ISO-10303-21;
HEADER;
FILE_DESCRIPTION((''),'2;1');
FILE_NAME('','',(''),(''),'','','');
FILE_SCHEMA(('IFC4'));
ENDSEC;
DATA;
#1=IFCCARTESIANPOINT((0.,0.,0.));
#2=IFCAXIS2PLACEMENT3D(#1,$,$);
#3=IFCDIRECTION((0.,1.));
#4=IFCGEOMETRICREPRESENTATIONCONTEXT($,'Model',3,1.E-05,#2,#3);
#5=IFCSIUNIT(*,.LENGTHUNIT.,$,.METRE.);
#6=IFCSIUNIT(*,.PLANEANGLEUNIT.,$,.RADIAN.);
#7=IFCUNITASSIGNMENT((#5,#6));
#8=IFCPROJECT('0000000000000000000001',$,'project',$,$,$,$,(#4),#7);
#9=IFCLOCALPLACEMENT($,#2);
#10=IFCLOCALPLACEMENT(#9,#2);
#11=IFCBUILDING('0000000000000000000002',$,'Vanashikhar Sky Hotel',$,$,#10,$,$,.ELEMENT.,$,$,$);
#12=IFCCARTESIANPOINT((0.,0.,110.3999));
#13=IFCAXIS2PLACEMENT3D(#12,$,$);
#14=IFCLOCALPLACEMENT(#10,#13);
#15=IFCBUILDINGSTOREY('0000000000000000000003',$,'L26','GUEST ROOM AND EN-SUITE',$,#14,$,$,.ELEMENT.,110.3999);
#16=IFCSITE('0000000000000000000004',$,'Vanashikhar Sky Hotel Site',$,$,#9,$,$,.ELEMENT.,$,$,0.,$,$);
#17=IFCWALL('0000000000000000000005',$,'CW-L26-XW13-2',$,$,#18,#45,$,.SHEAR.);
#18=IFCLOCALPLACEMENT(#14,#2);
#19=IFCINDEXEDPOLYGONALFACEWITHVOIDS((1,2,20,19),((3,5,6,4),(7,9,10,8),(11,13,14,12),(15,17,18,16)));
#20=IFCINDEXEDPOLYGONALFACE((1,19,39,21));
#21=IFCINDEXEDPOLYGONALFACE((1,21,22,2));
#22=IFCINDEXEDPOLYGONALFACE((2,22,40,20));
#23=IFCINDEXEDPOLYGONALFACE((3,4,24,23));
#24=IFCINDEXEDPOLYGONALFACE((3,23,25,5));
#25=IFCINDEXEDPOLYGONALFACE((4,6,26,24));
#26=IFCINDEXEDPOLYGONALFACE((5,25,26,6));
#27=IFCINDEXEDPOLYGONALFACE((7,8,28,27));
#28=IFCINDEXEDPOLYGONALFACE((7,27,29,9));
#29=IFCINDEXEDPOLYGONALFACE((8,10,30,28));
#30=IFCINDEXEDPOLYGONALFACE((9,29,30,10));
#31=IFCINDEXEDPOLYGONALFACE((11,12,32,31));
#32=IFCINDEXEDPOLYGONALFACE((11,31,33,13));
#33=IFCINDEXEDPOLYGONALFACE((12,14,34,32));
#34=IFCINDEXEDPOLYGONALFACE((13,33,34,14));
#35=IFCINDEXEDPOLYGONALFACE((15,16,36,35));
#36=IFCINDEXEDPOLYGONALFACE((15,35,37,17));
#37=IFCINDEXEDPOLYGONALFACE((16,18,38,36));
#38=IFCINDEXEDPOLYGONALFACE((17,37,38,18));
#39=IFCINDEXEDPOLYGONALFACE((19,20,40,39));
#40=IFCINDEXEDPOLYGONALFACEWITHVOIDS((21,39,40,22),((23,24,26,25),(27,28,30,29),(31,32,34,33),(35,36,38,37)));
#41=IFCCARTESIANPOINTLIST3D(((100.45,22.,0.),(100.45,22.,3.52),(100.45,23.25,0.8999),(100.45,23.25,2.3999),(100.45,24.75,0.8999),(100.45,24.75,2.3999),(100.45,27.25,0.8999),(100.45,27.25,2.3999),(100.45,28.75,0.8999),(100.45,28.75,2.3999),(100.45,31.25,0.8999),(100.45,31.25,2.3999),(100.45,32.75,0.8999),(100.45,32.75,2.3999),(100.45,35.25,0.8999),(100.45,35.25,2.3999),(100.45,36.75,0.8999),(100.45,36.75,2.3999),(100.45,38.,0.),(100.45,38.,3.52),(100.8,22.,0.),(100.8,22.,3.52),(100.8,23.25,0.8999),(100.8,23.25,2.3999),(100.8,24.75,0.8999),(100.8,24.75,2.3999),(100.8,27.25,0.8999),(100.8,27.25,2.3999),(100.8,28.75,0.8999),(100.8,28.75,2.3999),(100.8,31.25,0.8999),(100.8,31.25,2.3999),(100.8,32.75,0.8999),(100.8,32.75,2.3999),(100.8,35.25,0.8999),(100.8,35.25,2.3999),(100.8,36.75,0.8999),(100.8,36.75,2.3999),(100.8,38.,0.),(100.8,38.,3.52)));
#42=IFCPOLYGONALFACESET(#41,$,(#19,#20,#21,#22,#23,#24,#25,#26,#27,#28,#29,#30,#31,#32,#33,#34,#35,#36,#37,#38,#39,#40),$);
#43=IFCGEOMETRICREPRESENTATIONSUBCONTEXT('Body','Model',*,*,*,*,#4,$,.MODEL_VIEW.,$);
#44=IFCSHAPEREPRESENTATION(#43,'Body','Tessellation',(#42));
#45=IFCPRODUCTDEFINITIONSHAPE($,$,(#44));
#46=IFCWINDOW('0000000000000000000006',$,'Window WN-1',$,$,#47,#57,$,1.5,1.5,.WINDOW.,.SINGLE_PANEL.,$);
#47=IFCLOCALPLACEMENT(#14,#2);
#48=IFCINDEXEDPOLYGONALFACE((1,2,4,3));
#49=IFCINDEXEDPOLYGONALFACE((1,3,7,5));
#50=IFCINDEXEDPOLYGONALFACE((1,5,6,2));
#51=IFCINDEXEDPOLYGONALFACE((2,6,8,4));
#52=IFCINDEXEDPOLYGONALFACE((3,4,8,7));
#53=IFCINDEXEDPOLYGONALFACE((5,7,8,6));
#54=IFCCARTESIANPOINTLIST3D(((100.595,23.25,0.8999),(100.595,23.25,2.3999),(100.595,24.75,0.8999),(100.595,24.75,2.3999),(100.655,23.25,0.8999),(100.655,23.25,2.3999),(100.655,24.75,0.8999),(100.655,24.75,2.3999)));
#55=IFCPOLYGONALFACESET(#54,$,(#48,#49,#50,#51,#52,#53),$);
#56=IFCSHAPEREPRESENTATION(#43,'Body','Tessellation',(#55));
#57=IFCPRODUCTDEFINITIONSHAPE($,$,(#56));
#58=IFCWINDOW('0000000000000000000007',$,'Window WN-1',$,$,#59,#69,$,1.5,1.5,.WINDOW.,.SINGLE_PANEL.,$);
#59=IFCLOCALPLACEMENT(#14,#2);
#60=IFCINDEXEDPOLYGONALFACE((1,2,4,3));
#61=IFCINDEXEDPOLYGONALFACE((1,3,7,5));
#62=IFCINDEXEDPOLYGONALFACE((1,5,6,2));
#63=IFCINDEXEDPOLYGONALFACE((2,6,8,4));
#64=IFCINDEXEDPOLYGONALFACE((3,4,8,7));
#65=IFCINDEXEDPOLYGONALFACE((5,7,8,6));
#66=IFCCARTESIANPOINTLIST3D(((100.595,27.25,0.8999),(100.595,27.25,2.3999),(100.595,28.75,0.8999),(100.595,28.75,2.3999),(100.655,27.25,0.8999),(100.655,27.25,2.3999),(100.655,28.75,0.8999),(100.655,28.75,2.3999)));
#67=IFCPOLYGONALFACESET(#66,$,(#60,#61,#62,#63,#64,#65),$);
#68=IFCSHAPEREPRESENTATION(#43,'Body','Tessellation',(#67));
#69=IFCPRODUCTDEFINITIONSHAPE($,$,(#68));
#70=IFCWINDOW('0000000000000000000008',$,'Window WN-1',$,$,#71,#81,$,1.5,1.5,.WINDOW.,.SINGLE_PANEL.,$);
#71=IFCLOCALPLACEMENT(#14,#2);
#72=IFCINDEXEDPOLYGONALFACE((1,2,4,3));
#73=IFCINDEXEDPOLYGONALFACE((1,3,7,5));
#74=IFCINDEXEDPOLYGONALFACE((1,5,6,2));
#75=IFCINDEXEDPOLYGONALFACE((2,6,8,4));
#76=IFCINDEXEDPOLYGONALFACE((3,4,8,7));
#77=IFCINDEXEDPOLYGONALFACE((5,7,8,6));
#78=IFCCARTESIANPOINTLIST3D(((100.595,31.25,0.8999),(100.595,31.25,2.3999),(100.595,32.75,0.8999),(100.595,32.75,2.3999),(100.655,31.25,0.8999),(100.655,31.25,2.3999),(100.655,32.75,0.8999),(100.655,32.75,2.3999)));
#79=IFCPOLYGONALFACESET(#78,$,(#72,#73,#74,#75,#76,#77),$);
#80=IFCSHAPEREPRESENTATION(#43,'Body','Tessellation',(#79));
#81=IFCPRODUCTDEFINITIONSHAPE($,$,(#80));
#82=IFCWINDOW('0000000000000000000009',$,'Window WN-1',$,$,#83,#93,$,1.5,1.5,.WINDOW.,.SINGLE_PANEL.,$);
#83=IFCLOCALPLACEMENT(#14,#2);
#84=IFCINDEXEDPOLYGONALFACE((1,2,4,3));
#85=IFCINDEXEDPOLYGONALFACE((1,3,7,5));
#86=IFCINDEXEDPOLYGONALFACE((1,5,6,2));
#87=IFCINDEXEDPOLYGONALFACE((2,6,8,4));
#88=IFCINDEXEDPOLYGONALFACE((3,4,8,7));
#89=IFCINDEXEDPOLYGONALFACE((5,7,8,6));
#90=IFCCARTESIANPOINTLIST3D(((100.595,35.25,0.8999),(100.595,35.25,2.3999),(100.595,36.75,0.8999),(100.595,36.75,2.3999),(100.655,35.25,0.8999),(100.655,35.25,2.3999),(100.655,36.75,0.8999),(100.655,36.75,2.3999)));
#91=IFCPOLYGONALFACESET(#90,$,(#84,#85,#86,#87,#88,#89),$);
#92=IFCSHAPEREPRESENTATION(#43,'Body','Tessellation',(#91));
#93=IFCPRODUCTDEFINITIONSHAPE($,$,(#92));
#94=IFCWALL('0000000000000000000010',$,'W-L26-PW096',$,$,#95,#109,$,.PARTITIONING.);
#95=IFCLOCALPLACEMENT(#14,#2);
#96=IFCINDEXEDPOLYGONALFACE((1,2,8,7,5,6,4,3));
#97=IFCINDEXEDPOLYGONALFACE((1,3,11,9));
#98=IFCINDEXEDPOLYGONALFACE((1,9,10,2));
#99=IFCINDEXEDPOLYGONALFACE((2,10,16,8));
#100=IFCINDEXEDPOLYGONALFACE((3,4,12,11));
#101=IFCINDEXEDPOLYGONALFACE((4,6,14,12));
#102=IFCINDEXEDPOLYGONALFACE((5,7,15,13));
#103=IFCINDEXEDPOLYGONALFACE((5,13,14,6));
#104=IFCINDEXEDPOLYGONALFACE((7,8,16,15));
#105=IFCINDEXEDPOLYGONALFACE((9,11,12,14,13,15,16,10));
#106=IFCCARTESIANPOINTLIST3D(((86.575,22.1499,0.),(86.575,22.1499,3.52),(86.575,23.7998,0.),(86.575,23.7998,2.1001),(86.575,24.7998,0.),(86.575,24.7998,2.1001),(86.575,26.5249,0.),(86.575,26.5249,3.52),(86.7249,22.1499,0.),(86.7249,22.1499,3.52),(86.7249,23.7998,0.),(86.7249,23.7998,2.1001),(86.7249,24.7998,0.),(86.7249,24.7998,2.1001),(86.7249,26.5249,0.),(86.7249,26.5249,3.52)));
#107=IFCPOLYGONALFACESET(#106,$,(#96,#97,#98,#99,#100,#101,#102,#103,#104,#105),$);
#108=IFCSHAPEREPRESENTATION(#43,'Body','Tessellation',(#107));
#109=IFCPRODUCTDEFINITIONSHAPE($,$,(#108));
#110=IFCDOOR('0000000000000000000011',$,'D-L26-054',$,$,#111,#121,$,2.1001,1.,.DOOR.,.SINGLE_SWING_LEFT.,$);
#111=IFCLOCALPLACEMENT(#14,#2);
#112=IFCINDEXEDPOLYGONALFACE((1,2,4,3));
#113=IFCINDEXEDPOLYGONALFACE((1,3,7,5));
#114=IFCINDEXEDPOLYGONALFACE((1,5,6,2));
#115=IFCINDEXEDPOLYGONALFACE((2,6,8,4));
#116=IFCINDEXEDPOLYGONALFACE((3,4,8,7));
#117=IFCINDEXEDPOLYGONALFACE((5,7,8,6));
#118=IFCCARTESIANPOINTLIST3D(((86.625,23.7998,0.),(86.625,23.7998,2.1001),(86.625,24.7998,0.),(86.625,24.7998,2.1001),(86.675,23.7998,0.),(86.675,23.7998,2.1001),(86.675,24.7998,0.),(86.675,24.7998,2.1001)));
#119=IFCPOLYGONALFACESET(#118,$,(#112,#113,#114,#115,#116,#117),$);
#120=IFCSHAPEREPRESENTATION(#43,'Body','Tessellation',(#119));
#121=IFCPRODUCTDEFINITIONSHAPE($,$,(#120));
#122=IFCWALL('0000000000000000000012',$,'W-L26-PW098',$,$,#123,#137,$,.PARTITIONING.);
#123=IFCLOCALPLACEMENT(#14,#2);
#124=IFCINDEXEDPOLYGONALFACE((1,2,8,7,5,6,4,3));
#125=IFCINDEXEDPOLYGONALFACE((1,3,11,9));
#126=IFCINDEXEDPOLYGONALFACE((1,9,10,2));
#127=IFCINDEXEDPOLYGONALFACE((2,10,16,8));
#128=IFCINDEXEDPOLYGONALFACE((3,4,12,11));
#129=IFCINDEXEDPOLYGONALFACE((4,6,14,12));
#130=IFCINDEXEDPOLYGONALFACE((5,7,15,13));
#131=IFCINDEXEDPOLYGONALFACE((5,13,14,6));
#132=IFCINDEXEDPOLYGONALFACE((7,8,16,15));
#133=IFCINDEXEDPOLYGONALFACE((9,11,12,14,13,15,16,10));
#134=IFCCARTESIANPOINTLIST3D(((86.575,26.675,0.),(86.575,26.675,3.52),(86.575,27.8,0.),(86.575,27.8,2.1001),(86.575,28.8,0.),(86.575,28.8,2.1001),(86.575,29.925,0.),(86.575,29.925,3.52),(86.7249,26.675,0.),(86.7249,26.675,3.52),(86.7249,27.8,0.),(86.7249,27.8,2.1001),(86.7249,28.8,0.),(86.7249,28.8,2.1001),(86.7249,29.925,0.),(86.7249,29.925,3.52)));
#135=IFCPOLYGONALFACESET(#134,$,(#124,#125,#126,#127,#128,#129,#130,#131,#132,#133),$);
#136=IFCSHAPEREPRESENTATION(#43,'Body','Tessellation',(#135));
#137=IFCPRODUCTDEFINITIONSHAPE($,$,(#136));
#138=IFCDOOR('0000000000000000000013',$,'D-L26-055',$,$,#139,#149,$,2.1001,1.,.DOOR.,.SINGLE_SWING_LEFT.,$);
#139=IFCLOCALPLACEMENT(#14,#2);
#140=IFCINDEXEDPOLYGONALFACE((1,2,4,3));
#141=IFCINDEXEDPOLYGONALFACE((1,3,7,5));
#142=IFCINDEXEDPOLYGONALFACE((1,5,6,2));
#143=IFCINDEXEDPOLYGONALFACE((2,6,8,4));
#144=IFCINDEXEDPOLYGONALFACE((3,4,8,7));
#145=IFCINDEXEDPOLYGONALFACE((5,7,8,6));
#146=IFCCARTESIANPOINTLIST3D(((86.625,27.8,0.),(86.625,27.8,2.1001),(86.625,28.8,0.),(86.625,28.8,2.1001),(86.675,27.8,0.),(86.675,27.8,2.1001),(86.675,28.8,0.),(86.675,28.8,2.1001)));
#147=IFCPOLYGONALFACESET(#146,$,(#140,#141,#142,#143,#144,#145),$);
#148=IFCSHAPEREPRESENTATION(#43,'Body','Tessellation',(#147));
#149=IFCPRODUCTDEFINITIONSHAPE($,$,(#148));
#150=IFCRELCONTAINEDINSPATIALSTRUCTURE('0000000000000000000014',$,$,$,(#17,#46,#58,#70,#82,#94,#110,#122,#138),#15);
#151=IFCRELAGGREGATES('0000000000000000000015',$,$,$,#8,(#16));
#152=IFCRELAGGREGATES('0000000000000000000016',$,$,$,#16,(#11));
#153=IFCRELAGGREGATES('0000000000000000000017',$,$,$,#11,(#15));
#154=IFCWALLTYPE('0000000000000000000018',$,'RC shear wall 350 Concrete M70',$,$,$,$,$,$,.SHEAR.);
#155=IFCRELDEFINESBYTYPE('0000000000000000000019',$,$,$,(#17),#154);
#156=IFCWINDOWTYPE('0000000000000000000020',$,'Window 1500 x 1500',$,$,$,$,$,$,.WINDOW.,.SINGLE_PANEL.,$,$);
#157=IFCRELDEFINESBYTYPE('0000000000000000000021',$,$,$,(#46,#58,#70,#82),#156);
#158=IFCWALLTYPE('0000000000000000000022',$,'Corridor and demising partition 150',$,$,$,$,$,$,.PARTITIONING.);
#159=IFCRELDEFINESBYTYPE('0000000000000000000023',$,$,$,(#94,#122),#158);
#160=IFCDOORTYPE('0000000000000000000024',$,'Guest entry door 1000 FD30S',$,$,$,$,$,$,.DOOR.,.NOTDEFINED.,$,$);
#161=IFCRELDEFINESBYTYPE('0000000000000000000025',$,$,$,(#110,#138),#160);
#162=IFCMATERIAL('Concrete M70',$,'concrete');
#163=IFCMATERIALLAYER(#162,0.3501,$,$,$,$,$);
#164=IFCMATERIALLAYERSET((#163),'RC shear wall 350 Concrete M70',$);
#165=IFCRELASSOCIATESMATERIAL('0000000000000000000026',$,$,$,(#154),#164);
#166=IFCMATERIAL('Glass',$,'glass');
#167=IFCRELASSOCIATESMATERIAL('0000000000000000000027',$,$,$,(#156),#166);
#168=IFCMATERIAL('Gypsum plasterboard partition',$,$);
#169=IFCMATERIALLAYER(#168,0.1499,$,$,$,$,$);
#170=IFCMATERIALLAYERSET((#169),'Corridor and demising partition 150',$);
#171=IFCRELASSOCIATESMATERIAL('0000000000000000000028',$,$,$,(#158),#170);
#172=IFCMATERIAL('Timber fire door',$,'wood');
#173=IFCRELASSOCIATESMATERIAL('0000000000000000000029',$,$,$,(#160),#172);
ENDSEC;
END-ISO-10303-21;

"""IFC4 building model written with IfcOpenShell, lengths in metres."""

from ifc_helpers import new_model, si_unit, direction, frame, frame_2d, origin, place, context, subcontext, project, spatial, rectangle, extrude, source, transform, mapped, material, layer, layer_set, type_object, element, fill, save


model = new_model("IFC4")

# Units and contexts
model_context = context("Model", 3, precision=1e-05, world=origin(), true_north=direction((0.0, 1.0)))
body_context = subcontext(model_context, "Body", "Model", "MODEL_VIEW")
ifc_project = project(units=[si_unit("LENGTHUNIT", "METRE"), si_unit("PLANEANGLEUNIT", "RADIAN")], contexts=[model_context])

# Site, building, storey
site_placement = place(None, origin())
site = spatial("IfcSite", under=ifc_project, at=site_placement, Name="Vanashikhar Sky Hotel Site", CompositionType="ELEMENT", RefElevation=0.0)
building_placement = place(site_placement, origin())
building = spatial("IfcBuilding", under=site, at=building_placement, Name="Vanashikhar Sky Hotel", CompositionType="ELEMENT")
storey_placement = place(building_placement, frame((0.0, 0.0, 110.3999)))
storey = spatial("IfcBuildingStorey", under=building, at=storey_placement, Name="L26", Description="GUEST ROOM AND EN-SUITE", CompositionType="ELEMENT", Elevation=110.3999)

# Wall, openings, windows
ifc_material_1 = material(Name="Concrete M70", Category="concrete")
ifc_layer_1 = layer(ifc_material_1, 0.3501)
ifc_layer_set_1 = layer_set([ifc_layer_1], Name="RC shear wall 350 Concrete M70")
wall_type_1 = type_object("IfcWallType", Name="RC shear wall 350 Concrete M70", PredefinedType="SHEAR", material=ifc_layer_set_1)
shared_shape_1 = source(origin(), body_context, "Body", "SweptSolid", [
    extrude(rectangle(XDim=16.0, YDim=0.3501, at=frame_2d((8.0, 0.0))), origin(), (0.0, 0.0, 1.0), 3.52),
])
wall_1_placement = place(storey_placement, frame((100.625, 22.0, 0.0), z_axis=(0.0, 0.0, 1.0), x_axis=(0.0, 1.0, 0.0)))
wall_1 = element("IfcWall", 1, at=wall_1_placement, inside=storey, type_object=wall_type_1, Name="CW-L26-XW13-2", PredefinedType="SHEAR", context=body_context, shape_type="MappedRepresentation", body=[
    mapped(shared_shape_1, transform((0.0, 0.0, 0.0), scale=1.0)),
])
shared_shape_2 = source(origin(), body_context, "Body", "SweptSolid", [
    extrude(rectangle(XDim=1.5, YDim=1.5, at=frame_2d((0.75, 0.75))), frame((0.0, 0.1851, 0.0), z_axis=(0.0, -1.0, 0.0), x_axis=(1.0, 0.0, 0.0)), (0.0, 0.0, 1.0), 0.3701),
])
opening_1_placement = place(wall_1_placement, frame((1.25, 0.0, 0.8999)))
opening_1 = element("IfcOpeningElement", 2, at=opening_1_placement, cuts=wall_1, PredefinedType="OPENING", context=body_context, shape_type="MappedRepresentation", body=[
    mapped(shared_shape_2, transform((0.0, 0.0, 0.0), scale=1.0)),
])
opening_2_placement = place(wall_1_placement, frame((5.25, 0.0, 0.8999)))
opening_2 = element("IfcOpeningElement", 3, at=opening_2_placement, cuts=wall_1, PredefinedType="OPENING", context=body_context, shape_type="MappedRepresentation", body=[
    mapped(shared_shape_2, transform((0.0, 0.0, 0.0), scale=1.0)),
])
opening_3_placement = place(wall_1_placement, frame((9.25, 0.0, 0.8999)))
opening_3 = element("IfcOpeningElement", 4, at=opening_3_placement, cuts=wall_1, PredefinedType="OPENING", context=body_context, shape_type="MappedRepresentation", body=[
    mapped(shared_shape_2, transform((0.0, 0.0, 0.0), scale=1.0)),
])
opening_4_placement = place(wall_1_placement, frame((13.25, 0.0, 0.8999)))
opening_4 = element("IfcOpeningElement", 5, at=opening_4_placement, cuts=wall_1, PredefinedType="OPENING", context=body_context, shape_type="MappedRepresentation", body=[
    mapped(shared_shape_2, transform((0.0, 0.0, 0.0), scale=1.0)),
])
ifc_material_2 = material(Name="Glass", Category="glass")
window_type = type_object("IfcWindowType", Name="Window 1500 x 1500", PartitioningType="SINGLE_PANEL", PredefinedType="WINDOW", material=ifc_material_2)
shared_shape_3 = source(origin(), body_context, "Body", "SweptSolid", [
    extrude(rectangle(XDim=1.5, YDim=1.5, at=frame_2d((0.75, 0.75))), frame((0.0, 0.03, 0.0), z_axis=(0.0, -1.0, 0.0), x_axis=(1.0, 0.0, 0.0)), (0.0, 0.0, 1.0), 0.0601),
])
window_1_placement = place(opening_1_placement, origin())
window_1 = element("IfcWindow", 6, at=window_1_placement, inside=storey, type_object=window_type, Name="Window WN-1", OverallHeight=1.5, OverallWidth=1.5, PartitioningType="SINGLE_PANEL", PredefinedType="WINDOW", context=body_context, shape_type="MappedRepresentation", body=[
    mapped(shared_shape_3, transform((0.0, 0.0, 0.0), scale=1.0)),
])
fill(opening_1, window_1)
window_2_placement = place(opening_2_placement, origin())
window_2 = element("IfcWindow", 7, at=window_2_placement, inside=storey, type_object=window_type, Name="Window WN-1", OverallHeight=1.5, OverallWidth=1.5, PartitioningType="SINGLE_PANEL", PredefinedType="WINDOW", context=body_context, shape_type="MappedRepresentation", body=[
    mapped(shared_shape_3, transform((0.0, 0.0, 0.0), scale=1.0)),
])
fill(opening_2, window_2)
window_3_placement = place(opening_3_placement, origin())
window_3 = element("IfcWindow", 8, at=window_3_placement, inside=storey, type_object=window_type, Name="Window WN-1", OverallHeight=1.5, OverallWidth=1.5, PartitioningType="SINGLE_PANEL", PredefinedType="WINDOW", context=body_context, shape_type="MappedRepresentation", body=[
    mapped(shared_shape_3, transform((0.0, 0.0, 0.0), scale=1.0)),
])
fill(opening_3, window_3)
window_4_placement = place(opening_4_placement, origin())
window_4 = element("IfcWindow", 9, at=window_4_placement, inside=storey, type_object=window_type, Name="Window WN-1", OverallHeight=1.5, OverallWidth=1.5, PartitioningType="SINGLE_PANEL", PredefinedType="WINDOW", context=body_context, shape_type="MappedRepresentation", body=[
    mapped(shared_shape_3, transform((0.0, 0.0, 0.0), scale=1.0)),
])
fill(opening_4, window_4)

# Walls, openings, doors
ifc_material_3 = material(Name="Gypsum plasterboard partition")
ifc_layer_2 = layer(ifc_material_3, 0.1499)
ifc_layer_set_2 = layer_set([ifc_layer_2], Name="Corridor and demising partition 150")
wall_type_2 = type_object("IfcWallType", Name="Corridor and demising partition 150", PredefinedType="PARTITIONING", material=ifc_layer_set_2)
shared_shape_4 = source(origin(), body_context, "Body", "SweptSolid", [
    extrude(rectangle(XDim=4.375, YDim=0.1499, at=frame_2d((2.1875, 0.0))), origin(), (0.0, 0.0, 1.0), 3.52),
])
wall_2_placement = place(storey_placement, frame((86.6499, 22.1499, 0.0), z_axis=(0.0, 0.0, 1.0), x_axis=(0.0, 1.0, 0.0)))
wall_2 = element("IfcWall", 10, at=wall_2_placement, inside=storey, type_object=wall_type_2, Name="W-L26-PW096", PredefinedType="PARTITIONING", context=body_context, shape_type="MappedRepresentation", body=[
    mapped(shared_shape_4, transform((0.0, 0.0, 0.0), scale=1.0)),
])
shared_shape_5 = source(origin(), body_context, "Body", "SweptSolid", [
    extrude(rectangle(XDim=1.0, YDim=2.1001, at=frame_2d((0.5, 1.05))), frame((0.0, 0.085, 0.0), z_axis=(0.0, -1.0, 0.0), x_axis=(1.0, 0.0, 0.0)), (0.0, 0.0, 1.0), 0.1699),
])
opening_5_placement = place(wall_2_placement, frame((1.6499, 0.0, 0.0)))
opening_5 = element("IfcOpeningElement", 11, at=opening_5_placement, cuts=wall_2, PredefinedType="OPENING", context=body_context, shape_type="MappedRepresentation", body=[
    mapped(shared_shape_5, transform((0.0, 0.0, 0.0), scale=1.0)),
])
ifc_material_4 = material(Name="Timber fire door", Category="wood")
door_type_1 = type_object("IfcDoorType", Name="Guest entry door 1000 FD30S", OperationType="NOTDEFINED", PredefinedType="DOOR", material=ifc_material_4)
shared_shape_6 = source(origin(), body_context, "Body", "SweptSolid", [
    extrude(rectangle(XDim=1.0, YDim=2.1001, at=frame_2d((0.5, 1.05))), frame((0.0, 0.0249, 0.0), z_axis=(0.0, -1.0, 0.0), x_axis=(1.0, 0.0, 0.0)), (0.0, 0.0, 1.0), 0.05),
])
door_1_placement = place(opening_5_placement, origin())
door_1 = element("IfcDoor", 12, at=door_1_placement, inside=storey, type_object=door_type_1, Name="D-L26-054", OperationType="SINGLE_SWING_LEFT", OverallHeight=2.1001, OverallWidth=1.0, PredefinedType="DOOR", context=body_context, shape_type="MappedRepresentation", body=[
    mapped(shared_shape_6, transform((0.0, 0.0, 0.0), scale=1.0)),
])
fill(opening_5, door_1)
shared_shape_7 = source(origin(), body_context, "Body", "SweptSolid", [
    extrude(rectangle(XDim=3.25, YDim=0.1499, at=frame_2d((1.625, 0.0))), origin(), (0.0, 0.0, 1.0), 3.52),
])
wall_3_placement = place(storey_placement, frame((86.6499, 26.675, 0.0), z_axis=(0.0, 0.0, 1.0), x_axis=(0.0, 1.0, 0.0)))
wall_3 = element("IfcWall", 13, at=wall_3_placement, inside=storey, type_object=wall_type_2, Name="W-L26-PW098", PredefinedType="PARTITIONING", context=body_context, shape_type="MappedRepresentation", body=[
    mapped(shared_shape_7, transform((0.0, 0.0, 0.0), scale=1.0)),
])
opening_6_placement = place(wall_3_placement, frame((1.125, 0.0, 0.0)))
opening_6 = element("IfcOpeningElement", 14, at=opening_6_placement, cuts=wall_3, PredefinedType="OPENING", context=body_context, shape_type="MappedRepresentation", body=[
    mapped(shared_shape_5, transform((0.0, 0.0, 0.0), scale=1.0)),
])
door_2_placement = place(opening_6_placement, origin())
door_2 = element("IfcDoor", 15, at=door_2_placement, inside=storey, type_object=door_type_1, Name="D-L26-055", OperationType="SINGLE_SWING_LEFT", OverallHeight=2.1001, OverallWidth=1.0, PredefinedType="DOOR", context=body_context, shape_type="MappedRepresentation", body=[
    mapped(shared_shape_6, transform((0.0, 0.0, 0.0), scale=1.0)),
])
fill(opening_6, door_2)

save(model, "model.ifc")
